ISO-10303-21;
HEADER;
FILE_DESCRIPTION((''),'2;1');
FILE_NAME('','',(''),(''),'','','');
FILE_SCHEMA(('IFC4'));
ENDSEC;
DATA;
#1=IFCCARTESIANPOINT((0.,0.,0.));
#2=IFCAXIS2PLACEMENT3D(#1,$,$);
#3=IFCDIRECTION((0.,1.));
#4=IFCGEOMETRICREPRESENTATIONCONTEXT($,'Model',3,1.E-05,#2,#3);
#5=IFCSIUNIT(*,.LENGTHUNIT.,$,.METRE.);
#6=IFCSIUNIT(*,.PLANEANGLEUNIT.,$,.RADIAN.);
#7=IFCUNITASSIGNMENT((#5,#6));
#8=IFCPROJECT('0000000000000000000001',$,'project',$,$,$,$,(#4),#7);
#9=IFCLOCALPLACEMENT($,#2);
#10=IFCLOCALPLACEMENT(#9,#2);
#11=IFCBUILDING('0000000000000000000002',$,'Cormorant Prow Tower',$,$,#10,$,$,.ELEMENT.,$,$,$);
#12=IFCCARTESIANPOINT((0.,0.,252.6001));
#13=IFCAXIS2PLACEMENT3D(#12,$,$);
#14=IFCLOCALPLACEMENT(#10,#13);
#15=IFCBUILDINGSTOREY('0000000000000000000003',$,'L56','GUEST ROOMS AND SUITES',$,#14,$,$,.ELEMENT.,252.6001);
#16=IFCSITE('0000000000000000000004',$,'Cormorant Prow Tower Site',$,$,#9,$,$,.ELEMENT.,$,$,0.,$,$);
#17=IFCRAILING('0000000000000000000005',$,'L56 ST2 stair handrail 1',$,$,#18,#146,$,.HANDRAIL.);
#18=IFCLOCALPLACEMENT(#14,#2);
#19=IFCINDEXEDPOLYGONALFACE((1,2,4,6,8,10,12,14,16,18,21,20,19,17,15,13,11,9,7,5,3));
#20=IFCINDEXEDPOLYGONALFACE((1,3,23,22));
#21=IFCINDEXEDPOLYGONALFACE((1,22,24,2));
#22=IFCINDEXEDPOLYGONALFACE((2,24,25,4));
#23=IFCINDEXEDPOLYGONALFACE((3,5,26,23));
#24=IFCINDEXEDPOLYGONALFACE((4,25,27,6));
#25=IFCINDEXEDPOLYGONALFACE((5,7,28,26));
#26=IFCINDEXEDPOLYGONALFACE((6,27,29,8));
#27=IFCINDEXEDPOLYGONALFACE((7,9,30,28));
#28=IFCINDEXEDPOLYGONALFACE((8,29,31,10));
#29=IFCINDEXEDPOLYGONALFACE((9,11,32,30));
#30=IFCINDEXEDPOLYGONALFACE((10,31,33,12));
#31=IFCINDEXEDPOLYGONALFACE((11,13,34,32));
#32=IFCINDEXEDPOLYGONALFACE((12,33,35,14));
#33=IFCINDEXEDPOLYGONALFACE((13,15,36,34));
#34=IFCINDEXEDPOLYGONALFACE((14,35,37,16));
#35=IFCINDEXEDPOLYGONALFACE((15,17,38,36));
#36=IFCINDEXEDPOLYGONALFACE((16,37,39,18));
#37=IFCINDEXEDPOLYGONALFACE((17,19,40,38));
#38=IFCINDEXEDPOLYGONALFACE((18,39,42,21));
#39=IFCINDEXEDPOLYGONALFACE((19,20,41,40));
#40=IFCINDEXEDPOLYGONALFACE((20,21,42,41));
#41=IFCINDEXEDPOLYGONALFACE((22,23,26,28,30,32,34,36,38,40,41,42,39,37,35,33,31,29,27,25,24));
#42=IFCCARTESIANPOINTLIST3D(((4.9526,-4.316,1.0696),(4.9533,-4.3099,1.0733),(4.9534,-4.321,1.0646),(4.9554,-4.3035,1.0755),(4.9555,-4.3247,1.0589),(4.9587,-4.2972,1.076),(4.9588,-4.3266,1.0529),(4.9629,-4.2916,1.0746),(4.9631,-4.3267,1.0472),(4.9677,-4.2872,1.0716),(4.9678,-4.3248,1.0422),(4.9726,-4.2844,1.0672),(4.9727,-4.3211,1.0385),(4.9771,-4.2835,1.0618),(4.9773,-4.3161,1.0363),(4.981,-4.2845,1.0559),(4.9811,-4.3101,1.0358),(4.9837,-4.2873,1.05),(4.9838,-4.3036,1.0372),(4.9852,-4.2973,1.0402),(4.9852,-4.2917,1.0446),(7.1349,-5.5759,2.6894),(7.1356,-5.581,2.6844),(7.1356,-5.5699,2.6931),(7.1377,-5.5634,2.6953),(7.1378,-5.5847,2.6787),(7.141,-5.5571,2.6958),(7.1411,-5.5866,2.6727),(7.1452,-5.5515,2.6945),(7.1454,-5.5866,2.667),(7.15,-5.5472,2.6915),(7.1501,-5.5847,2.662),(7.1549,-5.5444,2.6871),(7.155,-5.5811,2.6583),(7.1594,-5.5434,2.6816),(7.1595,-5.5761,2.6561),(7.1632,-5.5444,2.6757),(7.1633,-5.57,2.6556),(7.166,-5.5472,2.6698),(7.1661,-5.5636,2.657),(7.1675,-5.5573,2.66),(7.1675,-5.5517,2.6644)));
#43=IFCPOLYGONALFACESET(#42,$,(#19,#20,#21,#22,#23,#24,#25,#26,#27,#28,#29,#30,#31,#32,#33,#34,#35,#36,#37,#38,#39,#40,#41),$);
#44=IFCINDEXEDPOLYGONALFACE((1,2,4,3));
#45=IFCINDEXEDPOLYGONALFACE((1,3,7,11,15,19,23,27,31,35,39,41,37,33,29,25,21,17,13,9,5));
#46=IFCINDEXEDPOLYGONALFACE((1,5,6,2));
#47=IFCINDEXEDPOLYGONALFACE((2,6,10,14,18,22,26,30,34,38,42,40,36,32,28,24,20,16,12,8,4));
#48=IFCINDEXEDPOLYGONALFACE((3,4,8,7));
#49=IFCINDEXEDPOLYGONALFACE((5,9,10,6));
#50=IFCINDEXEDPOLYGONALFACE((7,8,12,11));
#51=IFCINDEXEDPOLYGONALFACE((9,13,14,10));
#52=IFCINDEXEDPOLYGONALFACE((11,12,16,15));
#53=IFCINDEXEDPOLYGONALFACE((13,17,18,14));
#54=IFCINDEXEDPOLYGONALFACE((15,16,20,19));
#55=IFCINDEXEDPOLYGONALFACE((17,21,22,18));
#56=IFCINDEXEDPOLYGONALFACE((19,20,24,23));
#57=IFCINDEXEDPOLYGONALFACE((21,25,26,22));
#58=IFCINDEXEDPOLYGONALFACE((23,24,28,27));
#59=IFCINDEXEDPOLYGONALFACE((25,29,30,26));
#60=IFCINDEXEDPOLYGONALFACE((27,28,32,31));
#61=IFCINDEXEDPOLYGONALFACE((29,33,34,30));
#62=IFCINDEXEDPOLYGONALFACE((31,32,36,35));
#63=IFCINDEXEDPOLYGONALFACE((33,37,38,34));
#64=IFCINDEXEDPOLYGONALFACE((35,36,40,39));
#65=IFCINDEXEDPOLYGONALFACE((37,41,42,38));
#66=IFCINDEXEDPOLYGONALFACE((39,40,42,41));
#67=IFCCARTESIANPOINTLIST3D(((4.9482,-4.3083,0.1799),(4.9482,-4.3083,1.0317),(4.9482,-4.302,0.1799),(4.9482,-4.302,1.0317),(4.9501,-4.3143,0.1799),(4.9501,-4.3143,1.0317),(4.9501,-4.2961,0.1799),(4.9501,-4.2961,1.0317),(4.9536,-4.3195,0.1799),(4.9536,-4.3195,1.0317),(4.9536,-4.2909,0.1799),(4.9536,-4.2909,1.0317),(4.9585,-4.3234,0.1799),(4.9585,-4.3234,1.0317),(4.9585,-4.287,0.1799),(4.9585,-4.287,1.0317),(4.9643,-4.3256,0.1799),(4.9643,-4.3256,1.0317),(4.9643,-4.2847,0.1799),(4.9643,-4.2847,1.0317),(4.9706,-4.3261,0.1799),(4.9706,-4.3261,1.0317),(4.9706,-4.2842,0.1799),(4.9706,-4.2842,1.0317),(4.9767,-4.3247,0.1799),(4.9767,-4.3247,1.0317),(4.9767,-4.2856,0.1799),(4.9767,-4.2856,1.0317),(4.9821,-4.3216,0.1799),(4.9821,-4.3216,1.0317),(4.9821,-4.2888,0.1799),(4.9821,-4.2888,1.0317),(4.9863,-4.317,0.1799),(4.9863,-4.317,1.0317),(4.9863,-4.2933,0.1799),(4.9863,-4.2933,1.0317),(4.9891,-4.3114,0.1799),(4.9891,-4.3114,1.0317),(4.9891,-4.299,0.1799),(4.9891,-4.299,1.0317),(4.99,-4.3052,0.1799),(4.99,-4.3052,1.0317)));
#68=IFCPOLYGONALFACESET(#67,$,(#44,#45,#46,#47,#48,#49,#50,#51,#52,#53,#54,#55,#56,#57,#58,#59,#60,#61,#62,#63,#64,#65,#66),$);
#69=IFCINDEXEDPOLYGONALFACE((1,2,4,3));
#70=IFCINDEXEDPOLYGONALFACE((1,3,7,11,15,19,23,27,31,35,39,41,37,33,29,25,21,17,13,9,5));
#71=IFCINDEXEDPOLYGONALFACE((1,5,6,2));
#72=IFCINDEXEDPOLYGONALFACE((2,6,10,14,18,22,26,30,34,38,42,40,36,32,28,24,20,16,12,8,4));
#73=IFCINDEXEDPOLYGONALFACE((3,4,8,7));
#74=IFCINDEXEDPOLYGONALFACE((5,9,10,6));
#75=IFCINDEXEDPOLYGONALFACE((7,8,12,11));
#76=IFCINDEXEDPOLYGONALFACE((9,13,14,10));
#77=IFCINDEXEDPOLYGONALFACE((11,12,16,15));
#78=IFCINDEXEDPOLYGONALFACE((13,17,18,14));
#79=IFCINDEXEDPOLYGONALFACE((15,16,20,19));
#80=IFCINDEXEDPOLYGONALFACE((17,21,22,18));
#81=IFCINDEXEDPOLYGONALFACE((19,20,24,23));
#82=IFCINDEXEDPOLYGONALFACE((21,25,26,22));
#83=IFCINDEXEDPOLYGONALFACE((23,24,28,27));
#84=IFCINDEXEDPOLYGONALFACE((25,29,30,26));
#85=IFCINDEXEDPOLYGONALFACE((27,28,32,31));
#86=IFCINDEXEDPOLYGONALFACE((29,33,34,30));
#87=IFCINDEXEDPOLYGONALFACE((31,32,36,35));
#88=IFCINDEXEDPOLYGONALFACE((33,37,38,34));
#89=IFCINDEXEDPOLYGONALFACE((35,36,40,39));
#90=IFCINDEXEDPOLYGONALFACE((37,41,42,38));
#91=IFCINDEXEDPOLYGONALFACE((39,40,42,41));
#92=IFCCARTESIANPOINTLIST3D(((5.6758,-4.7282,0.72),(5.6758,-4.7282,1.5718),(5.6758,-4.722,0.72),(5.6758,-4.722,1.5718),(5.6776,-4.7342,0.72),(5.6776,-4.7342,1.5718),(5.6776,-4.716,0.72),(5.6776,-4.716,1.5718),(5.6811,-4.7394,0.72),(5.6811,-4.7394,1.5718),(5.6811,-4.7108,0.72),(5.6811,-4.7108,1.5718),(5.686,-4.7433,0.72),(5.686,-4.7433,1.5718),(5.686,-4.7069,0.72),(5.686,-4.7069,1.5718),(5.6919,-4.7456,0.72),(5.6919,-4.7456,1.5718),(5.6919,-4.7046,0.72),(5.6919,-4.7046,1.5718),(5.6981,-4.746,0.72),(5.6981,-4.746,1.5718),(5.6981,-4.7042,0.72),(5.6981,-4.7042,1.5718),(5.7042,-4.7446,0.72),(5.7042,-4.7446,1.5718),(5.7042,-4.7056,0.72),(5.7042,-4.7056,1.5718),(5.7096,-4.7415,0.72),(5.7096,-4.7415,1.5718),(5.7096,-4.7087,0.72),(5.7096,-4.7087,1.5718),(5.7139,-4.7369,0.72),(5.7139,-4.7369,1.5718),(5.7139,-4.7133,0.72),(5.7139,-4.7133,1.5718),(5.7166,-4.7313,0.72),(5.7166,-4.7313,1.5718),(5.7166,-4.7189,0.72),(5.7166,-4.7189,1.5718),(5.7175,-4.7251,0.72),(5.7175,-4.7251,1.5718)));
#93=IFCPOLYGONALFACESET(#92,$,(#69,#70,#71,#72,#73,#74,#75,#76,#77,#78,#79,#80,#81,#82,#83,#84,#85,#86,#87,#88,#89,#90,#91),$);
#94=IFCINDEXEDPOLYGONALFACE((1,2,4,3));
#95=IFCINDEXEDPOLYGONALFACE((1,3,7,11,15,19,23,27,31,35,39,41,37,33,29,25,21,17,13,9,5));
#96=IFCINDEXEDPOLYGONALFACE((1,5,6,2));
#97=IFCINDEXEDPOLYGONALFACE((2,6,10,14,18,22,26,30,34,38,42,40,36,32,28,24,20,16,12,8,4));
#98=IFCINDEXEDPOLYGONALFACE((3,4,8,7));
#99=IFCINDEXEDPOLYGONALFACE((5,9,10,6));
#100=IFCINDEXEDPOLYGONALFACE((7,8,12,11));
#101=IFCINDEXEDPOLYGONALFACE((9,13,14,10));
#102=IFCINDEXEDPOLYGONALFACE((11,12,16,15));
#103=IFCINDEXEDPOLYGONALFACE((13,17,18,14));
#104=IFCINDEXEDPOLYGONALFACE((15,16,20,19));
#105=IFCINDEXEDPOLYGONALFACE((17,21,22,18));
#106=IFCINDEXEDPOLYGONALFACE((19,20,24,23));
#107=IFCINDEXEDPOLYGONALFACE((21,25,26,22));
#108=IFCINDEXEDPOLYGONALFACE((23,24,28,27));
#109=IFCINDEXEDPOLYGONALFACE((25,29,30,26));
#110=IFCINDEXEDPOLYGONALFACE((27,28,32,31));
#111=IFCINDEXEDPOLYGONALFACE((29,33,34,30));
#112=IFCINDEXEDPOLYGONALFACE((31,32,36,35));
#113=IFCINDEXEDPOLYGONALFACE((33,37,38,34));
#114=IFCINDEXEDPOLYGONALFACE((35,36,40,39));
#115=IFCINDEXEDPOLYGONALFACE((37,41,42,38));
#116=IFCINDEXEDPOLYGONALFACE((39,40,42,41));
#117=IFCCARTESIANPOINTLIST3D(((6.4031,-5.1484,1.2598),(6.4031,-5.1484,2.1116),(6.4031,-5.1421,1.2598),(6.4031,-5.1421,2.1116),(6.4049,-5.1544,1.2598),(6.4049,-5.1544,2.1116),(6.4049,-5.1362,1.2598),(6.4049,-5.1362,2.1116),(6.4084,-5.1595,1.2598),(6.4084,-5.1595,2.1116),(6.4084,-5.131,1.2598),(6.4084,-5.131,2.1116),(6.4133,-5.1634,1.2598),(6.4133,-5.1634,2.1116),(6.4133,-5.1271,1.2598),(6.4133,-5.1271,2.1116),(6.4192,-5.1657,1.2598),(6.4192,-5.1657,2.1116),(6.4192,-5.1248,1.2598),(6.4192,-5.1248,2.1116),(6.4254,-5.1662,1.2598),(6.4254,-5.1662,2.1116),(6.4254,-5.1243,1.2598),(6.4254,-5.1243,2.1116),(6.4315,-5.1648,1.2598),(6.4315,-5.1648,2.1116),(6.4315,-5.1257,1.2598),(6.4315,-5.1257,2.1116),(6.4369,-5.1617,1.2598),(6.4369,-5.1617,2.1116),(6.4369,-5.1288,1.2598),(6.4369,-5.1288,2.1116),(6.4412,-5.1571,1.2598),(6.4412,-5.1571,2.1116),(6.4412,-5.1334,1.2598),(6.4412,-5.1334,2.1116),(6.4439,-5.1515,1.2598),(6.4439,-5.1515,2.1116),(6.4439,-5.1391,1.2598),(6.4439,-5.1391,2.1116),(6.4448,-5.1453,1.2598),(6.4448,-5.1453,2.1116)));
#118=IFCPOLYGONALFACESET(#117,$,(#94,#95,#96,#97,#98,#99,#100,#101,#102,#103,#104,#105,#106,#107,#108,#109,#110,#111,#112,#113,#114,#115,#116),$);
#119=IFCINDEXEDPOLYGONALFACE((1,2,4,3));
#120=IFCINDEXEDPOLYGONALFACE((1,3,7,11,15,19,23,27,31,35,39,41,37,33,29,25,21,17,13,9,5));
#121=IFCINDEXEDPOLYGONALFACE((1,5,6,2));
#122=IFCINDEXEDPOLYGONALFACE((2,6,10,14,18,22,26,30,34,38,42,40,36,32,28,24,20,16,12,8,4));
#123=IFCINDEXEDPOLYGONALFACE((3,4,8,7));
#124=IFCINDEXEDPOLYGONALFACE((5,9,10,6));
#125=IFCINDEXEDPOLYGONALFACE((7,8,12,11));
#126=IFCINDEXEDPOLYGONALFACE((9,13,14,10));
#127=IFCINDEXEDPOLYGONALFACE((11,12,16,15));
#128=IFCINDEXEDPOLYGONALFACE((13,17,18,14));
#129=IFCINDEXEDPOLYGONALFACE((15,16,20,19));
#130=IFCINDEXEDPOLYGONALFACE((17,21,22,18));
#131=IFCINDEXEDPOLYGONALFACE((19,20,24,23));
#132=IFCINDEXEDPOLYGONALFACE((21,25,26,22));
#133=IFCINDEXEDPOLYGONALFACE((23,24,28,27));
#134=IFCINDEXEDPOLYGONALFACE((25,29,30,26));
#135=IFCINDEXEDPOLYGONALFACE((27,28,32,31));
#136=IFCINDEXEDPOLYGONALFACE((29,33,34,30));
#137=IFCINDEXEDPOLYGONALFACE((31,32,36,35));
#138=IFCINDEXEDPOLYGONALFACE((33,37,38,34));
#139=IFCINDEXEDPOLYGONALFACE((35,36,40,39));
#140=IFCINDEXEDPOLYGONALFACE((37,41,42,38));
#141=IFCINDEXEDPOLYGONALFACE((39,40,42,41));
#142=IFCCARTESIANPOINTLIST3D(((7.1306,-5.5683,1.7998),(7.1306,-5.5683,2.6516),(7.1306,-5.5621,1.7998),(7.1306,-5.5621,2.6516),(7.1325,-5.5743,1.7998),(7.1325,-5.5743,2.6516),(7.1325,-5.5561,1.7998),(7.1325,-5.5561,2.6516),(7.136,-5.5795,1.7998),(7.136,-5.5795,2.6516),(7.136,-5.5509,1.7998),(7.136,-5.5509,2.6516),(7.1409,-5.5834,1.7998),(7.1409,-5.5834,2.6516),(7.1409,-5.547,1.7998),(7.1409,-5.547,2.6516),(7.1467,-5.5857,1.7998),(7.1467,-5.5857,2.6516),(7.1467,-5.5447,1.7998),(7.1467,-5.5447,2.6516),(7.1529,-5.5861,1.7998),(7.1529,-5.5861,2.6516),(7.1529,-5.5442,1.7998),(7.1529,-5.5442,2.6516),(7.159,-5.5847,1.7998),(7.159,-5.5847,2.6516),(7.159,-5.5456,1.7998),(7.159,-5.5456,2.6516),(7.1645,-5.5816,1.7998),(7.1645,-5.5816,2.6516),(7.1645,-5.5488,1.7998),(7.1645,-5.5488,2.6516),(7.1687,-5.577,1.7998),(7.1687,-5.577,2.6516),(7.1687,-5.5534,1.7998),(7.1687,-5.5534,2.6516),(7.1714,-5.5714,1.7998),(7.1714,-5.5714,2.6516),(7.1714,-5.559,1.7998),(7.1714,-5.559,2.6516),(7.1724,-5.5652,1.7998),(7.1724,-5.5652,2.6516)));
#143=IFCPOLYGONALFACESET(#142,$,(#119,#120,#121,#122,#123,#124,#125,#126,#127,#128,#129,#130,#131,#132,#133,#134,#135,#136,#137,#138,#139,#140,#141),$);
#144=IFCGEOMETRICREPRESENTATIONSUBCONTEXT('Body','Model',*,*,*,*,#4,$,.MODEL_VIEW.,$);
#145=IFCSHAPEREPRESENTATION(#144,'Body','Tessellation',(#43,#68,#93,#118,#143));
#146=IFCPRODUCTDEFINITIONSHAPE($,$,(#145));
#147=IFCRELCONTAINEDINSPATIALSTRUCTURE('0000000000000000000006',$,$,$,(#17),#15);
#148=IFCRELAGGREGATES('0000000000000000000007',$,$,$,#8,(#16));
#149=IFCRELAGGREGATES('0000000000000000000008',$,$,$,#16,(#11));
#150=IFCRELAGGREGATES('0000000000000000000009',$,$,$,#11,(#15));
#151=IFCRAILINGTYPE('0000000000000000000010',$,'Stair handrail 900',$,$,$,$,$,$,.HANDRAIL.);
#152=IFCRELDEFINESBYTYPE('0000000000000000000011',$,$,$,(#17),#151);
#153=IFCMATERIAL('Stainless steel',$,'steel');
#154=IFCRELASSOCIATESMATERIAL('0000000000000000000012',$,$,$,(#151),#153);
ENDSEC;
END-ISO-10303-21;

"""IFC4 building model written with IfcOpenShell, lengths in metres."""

from ifc_helpers import new_model, si_unit, direction, frame, origin, origin_2d, place, context, subcontext, project, spatial, circle, extrude, material, type_object, element, save


model = new_model("IFC4")

# Units and contexts
model_context = context("Model", 3, precision=1e-05, world=origin(), true_north=direction((0.0, 1.0)))
body_context = subcontext(model_context, "Body", "Model", "MODEL_VIEW")
ifc_project = project(units=[si_unit("LENGTHUNIT", "METRE"), si_unit("PLANEANGLEUNIT", "RADIAN")], contexts=[model_context])

# Site, building, storey
site_placement = place(None, origin())
site = spatial("IfcSite", under=ifc_project, at=site_placement, Name="Cormorant Prow Tower Site", CompositionType="ELEMENT", RefElevation=0.0)
building_placement = place(site_placement, origin())
building = spatial("IfcBuilding", under=site, at=building_placement, Name="Cormorant Prow Tower", CompositionType="ELEMENT")
storey_placement = place(building_placement, frame((0.0, 0.0, 252.6001)))
storey = spatial("IfcBuildingStorey", under=building, at=storey_placement, Name="L56", Description="GUEST ROOMS AND SUITES", CompositionType="ELEMENT", Elevation=252.6001)

# Railing
ifc_material_1 = material(Name="Stainless steel", Category="steel")
railing_type_1 = type_object("IfcRailingType", Name="Stair handrail 900", PredefinedType="HANDRAIL", material=ifc_material_1)
railing_1_placement = place(storey_placement, frame((4.969, -4.3052, 0.1799)))
element("IfcRailing", 1, at=railing_1_placement, inside=storey, type_object=railing_type_1, Name="L56 ST2 stair handrail 1", PredefinedType="HANDRAIL", context=body_context, shape_type="SweptSolid", body=[
    extrude(circle(Radius=0.0239, at=origin_2d()), frame((0.0, 0.0, 0.876), z_axis=(0.728496, -0.420603, 0.540728), x_axis=(0.500005, 0.866023, 0.0)), (0.0, 0.0, 1.0), 2.9956),
    extrude(circle(Radius=0.021, at=origin_2d()), origin(), (0.0, 0.0, 1.0), 0.8518),
    extrude(circle(Radius=0.021, at=origin_2d()), frame((0.7275, -0.4199, 0.54)), (0.0, 0.0, 1.0), 0.8518),
    extrude(circle(Radius=0.021, at=origin_2d()), frame((1.4548, -0.8401, 1.0798)), (0.0, 0.0, 1.0), 0.8518),
    extrude(circle(Radius=0.021, at=origin_2d()), frame((2.1824, -1.26, 1.6199)), (0.0, 0.0, 1.0), 0.8518),
])

save(model, "model.ifc")
